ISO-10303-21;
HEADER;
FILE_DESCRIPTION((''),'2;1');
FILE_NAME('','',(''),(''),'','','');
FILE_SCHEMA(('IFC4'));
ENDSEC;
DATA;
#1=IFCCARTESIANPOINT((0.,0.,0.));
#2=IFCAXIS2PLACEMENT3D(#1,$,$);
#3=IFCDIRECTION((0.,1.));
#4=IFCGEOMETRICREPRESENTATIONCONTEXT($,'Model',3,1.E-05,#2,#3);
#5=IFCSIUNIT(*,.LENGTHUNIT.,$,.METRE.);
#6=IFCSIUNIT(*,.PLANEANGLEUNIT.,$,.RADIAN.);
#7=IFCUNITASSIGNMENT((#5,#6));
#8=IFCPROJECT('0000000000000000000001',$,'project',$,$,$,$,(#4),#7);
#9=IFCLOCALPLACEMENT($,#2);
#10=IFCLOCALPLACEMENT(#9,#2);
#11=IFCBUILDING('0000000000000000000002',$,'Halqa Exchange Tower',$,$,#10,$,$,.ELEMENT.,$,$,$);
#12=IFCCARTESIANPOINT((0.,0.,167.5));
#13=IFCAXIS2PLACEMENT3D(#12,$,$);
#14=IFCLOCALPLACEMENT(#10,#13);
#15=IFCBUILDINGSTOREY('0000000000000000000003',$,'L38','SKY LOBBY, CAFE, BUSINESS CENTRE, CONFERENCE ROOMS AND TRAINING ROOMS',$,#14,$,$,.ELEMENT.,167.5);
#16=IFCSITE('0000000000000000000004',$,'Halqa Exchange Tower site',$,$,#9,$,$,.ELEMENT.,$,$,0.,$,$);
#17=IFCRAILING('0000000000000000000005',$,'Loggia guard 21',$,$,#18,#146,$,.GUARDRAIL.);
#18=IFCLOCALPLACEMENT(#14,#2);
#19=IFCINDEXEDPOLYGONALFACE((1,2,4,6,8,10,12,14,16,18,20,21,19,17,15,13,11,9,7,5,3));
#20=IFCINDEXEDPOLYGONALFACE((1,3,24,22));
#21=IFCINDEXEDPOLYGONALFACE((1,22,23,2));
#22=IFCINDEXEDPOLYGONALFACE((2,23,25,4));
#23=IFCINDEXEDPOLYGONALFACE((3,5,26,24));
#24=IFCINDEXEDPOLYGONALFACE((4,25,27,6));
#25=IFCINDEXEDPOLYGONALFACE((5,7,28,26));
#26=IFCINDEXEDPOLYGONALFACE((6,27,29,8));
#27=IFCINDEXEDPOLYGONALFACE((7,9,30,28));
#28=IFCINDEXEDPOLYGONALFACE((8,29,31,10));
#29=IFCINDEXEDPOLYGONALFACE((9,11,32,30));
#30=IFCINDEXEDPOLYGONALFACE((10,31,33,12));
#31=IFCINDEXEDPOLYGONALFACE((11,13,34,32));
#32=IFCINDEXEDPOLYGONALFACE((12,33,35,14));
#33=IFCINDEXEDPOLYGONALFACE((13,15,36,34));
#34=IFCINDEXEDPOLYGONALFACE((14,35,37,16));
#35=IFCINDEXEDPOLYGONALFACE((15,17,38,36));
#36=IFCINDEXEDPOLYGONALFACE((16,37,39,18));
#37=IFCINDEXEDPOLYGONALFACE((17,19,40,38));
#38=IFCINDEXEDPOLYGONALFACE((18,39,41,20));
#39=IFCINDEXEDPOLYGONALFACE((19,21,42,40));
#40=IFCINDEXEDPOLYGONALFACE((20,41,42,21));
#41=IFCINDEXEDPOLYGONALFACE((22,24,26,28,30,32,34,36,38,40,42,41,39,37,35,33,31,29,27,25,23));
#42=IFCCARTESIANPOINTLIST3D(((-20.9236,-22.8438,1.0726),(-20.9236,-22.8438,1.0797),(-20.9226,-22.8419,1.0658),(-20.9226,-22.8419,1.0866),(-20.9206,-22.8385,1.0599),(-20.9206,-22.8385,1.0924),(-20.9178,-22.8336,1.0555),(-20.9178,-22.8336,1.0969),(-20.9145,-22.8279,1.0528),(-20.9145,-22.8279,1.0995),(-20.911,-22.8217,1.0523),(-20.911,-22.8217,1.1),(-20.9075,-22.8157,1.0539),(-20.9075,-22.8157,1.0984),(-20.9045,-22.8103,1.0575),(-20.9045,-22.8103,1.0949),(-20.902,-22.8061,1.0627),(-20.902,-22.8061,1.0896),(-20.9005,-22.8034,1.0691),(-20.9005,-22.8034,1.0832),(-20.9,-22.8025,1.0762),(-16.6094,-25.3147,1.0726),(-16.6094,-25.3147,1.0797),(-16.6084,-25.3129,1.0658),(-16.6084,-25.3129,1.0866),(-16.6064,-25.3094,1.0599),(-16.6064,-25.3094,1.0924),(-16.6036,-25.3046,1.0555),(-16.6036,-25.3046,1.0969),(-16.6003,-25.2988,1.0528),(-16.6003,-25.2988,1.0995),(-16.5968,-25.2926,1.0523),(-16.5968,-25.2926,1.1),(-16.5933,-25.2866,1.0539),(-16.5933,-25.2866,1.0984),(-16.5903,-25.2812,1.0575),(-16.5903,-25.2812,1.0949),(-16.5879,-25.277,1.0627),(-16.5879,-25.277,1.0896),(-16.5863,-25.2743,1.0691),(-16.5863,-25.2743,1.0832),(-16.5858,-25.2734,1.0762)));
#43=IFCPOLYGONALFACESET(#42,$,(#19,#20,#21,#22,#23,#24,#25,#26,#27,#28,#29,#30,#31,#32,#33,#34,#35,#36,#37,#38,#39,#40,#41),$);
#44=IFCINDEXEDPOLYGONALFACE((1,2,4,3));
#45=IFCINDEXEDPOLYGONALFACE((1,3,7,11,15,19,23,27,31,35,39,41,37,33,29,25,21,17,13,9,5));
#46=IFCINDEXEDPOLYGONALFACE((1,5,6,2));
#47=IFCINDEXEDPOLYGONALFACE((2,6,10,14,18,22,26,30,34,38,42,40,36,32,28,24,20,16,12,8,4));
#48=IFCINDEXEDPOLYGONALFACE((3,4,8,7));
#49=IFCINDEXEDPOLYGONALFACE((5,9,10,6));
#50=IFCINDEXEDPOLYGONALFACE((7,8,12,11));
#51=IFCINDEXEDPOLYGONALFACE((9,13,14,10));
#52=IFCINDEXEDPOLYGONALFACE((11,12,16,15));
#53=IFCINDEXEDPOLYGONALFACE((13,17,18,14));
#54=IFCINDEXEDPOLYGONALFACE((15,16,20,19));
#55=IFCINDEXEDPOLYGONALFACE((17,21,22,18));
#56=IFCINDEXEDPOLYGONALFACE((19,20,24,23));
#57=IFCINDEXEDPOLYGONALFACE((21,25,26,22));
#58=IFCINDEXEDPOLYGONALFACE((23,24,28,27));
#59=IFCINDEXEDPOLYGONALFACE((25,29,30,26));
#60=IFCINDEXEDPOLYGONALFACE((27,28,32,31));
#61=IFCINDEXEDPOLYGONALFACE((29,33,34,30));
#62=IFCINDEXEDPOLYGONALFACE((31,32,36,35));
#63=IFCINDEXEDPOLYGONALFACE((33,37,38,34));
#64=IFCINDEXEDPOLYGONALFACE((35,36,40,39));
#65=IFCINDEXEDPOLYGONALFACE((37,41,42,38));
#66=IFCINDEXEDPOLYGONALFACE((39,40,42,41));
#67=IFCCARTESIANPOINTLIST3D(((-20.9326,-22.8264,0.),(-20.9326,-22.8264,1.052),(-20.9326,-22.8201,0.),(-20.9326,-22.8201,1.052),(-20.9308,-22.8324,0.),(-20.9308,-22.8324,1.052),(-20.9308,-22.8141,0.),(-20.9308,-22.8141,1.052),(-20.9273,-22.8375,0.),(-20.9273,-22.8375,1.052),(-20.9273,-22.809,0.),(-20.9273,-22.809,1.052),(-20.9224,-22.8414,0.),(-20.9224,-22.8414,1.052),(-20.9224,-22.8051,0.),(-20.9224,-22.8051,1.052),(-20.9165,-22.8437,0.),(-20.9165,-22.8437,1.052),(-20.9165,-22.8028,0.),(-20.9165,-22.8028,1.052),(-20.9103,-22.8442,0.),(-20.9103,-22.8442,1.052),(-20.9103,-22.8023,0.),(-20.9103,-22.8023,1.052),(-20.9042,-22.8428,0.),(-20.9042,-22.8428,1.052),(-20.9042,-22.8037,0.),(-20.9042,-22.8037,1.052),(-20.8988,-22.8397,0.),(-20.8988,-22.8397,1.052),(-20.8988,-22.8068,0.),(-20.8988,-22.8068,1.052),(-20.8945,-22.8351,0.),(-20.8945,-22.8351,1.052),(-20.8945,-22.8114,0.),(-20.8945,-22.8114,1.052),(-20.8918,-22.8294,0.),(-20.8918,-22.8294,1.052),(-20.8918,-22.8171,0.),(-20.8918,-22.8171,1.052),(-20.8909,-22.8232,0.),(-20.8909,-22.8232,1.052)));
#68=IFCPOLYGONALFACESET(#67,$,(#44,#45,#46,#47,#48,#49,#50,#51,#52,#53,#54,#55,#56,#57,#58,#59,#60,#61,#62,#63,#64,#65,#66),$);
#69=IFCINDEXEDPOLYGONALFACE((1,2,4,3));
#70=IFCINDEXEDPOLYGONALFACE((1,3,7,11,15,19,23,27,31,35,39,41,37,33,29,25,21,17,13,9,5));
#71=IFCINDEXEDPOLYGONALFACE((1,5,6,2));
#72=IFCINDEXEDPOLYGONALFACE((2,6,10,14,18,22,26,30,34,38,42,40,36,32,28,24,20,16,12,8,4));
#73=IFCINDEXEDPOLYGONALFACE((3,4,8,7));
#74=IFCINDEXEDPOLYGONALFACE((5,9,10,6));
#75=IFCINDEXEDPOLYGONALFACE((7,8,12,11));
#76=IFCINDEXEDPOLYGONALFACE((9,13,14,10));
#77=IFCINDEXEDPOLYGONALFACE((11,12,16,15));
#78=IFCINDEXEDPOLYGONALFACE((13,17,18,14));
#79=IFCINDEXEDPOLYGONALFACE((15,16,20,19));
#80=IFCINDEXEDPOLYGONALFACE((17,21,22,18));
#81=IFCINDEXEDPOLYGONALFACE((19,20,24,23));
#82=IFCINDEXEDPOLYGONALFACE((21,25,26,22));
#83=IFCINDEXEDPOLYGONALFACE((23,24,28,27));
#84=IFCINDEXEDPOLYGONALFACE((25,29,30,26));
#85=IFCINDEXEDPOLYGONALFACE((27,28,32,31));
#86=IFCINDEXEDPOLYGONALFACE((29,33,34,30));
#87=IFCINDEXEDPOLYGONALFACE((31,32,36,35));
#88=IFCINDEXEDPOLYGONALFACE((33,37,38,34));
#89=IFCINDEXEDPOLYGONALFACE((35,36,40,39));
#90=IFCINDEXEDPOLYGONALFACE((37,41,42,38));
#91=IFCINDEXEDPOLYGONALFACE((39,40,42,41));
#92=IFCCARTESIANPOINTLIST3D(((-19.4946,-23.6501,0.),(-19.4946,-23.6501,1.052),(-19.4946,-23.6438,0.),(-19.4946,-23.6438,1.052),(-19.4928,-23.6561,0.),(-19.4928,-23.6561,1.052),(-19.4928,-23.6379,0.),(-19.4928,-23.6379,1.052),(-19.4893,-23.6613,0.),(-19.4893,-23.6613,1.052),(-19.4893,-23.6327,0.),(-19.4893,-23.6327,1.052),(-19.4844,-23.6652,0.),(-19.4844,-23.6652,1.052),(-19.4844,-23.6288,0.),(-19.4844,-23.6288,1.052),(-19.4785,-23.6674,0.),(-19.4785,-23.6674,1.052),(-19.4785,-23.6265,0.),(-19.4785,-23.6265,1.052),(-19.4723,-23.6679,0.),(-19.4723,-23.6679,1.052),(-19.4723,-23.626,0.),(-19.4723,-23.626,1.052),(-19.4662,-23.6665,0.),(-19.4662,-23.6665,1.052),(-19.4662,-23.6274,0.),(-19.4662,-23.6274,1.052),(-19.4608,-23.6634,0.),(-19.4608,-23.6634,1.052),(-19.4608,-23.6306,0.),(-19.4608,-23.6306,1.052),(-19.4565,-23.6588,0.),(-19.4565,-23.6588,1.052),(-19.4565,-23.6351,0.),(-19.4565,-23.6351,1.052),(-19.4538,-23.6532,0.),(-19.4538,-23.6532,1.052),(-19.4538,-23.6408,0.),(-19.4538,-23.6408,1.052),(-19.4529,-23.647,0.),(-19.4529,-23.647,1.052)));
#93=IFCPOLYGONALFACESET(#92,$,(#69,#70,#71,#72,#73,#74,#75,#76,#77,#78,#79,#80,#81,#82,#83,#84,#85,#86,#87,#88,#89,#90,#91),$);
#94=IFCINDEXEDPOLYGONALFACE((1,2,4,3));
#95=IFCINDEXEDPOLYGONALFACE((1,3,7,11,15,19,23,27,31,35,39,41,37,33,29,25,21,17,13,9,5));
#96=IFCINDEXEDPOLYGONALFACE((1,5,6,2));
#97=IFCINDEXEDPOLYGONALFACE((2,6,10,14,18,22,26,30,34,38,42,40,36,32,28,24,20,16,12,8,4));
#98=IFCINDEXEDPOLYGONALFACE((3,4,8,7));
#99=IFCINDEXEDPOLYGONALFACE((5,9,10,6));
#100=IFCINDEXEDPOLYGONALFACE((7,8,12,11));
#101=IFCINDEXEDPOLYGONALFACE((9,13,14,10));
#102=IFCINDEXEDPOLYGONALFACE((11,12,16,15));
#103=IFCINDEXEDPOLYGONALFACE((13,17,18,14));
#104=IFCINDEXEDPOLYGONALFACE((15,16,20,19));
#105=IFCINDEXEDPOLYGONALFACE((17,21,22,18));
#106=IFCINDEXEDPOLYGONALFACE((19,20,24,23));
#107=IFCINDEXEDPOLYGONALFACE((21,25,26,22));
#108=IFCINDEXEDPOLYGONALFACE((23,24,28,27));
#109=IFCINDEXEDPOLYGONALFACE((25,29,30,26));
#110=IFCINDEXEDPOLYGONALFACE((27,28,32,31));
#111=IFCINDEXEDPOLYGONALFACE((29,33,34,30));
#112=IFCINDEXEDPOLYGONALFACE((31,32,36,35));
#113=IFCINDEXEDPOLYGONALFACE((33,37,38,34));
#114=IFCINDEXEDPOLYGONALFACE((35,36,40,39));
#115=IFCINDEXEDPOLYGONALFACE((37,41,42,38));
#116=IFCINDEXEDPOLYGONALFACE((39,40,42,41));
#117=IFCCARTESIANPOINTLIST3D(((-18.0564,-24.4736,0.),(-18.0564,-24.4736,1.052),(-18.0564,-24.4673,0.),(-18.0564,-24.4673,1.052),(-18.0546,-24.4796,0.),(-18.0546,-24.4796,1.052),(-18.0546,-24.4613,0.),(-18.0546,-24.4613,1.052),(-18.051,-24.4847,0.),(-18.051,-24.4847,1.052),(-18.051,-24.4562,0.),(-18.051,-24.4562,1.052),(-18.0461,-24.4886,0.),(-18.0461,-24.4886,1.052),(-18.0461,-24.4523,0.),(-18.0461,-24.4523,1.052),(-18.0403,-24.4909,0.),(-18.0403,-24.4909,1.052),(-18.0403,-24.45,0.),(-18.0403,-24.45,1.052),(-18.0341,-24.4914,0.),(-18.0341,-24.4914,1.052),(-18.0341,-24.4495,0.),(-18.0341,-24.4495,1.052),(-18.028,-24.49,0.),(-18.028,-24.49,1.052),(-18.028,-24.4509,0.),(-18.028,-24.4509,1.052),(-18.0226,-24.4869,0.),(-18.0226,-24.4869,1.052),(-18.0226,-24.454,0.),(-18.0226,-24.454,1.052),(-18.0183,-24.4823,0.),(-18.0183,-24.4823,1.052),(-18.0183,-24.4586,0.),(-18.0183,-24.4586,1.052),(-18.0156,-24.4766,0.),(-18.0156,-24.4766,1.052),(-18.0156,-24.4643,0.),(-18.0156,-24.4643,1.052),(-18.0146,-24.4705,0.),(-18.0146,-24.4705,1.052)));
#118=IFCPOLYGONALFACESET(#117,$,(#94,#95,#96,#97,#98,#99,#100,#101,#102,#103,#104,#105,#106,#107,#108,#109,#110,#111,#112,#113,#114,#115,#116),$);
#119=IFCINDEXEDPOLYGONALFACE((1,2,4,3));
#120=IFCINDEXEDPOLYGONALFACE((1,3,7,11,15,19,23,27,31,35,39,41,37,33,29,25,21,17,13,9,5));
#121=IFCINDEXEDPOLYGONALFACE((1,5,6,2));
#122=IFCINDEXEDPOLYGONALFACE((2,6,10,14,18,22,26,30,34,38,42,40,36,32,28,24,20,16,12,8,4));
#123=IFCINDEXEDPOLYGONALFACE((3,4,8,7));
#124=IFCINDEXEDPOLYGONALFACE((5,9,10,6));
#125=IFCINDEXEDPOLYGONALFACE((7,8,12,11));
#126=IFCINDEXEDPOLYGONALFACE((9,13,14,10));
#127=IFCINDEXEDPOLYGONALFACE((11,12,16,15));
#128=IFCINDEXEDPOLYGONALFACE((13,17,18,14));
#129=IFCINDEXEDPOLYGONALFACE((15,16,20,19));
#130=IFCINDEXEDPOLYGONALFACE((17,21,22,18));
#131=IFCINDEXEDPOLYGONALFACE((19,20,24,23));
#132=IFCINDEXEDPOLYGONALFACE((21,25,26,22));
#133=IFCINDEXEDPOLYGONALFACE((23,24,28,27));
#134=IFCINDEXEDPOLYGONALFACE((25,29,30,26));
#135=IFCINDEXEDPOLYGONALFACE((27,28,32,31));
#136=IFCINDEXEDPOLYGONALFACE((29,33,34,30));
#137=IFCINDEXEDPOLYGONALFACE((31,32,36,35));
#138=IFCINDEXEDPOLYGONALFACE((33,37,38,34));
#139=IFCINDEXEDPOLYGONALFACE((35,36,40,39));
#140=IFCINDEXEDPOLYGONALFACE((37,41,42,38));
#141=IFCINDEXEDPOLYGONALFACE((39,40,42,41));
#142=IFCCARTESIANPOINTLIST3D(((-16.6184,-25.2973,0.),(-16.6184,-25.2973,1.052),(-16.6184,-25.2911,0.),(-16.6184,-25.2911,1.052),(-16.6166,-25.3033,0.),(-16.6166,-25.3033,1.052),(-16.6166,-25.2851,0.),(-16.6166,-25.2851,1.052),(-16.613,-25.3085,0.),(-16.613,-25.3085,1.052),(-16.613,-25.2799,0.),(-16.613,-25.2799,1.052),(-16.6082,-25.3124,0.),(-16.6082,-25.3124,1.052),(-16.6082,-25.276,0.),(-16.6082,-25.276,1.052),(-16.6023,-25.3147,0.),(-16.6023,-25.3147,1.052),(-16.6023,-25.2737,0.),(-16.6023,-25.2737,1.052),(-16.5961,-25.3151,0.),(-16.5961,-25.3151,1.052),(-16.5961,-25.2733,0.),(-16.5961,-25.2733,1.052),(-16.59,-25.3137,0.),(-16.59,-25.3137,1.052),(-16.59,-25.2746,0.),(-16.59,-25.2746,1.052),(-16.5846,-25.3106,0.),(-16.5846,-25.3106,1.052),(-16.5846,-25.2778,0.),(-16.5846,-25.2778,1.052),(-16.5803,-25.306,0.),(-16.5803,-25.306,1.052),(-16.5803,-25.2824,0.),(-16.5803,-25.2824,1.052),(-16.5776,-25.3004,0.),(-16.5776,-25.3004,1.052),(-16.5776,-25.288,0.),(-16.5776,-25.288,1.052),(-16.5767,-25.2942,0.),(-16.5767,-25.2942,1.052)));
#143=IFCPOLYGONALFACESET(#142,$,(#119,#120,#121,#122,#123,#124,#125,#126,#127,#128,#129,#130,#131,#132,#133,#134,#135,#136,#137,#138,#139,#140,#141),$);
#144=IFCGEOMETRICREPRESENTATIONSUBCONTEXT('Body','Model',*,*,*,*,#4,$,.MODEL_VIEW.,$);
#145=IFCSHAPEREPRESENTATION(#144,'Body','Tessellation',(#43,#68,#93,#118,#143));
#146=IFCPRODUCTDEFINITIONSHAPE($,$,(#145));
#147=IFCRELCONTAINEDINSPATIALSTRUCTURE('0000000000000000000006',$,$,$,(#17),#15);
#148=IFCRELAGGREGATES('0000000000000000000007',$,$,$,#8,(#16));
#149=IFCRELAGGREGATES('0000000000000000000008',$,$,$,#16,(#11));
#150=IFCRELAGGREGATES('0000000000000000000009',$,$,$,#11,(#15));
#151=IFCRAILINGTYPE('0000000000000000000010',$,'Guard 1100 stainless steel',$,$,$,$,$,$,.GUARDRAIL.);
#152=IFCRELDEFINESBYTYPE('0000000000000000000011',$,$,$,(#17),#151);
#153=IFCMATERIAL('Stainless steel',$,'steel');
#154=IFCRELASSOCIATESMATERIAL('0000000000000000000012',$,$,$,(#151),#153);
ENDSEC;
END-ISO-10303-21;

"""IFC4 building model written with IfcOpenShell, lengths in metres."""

from ifc_helpers import new_model, si_unit, direction, frame, origin, origin_2d, place, context, subcontext, project, spatial, circle, extrude, material, type_object, element, save


model = new_model("IFC4")

# Units and contexts
model_context = context("Model", 3, precision=1e-05, world=origin(), true_north=direction((0.0, 1.0)))
body_context = subcontext(model_context, "Body", "Model", "MODEL_VIEW")
ifc_project = project(units=[si_unit("LENGTHUNIT", "METRE"), si_unit("PLANEANGLEUNIT", "RADIAN")], contexts=[model_context])

# Site, building, storey
site_placement = place(None, origin())
site = spatial("IfcSite", under=ifc_project, at=site_placement, Name="Halqa Exchange Tower site", CompositionType="ELEMENT", RefElevation=0.0)
building_placement = place(site_placement, origin())
building = spatial("IfcBuilding", under=site, at=building_placement, Name="Halqa Exchange Tower", CompositionType="ELEMENT")
storey_placement = place(building_placement, frame((0.0, 0.0, 167.5)))
storey = spatial("IfcBuildingStorey", under=building, at=storey_placement, Name="L38", Description="SKY LOBBY, CAFE, BUSINESS CENTRE, CONFERENCE ROOMS AND TRAINING ROOMS", CompositionType="ELEMENT", Elevation=167.5)

# Railing
ifc_material_1 = material(Name="Stainless steel", Category="steel")
railing_type = type_object("IfcRailingType", Name="Guard 1100 stainless steel", PredefinedType="GUARDRAIL", material=ifc_material_1)
railing_placement = place(storey_placement, frame((-20.9119, -22.8232, 0.0)))
element("IfcRailing", 1, at=railing_placement, inside=storey, type_object=railing_type, Name="Loggia guard 21", PredefinedType="GUARDRAIL", context=body_context, shape_type="SweptSolid", body=[
    extrude(circle(Radius=0.0239, at=origin_2d()), frame((0.0, 0.0, 1.0762), z_axis=(0.86775, -0.497001, 0.0), x_axis=(0.497001, 0.86775, 0.0)), (0.0, 0.0, 1.0), 4.9717),
    extrude(circle(Radius=0.021, at=origin_2d()), origin(), (0.0, 0.0, 1.0), 1.052),
    extrude(circle(Radius=0.021, at=origin_2d()), frame((1.438, -0.8237, 0.0)), (0.0, 0.0, 1.0), 1.052),
    extrude(circle(Radius=0.021, at=origin_2d()), frame((2.8762, -1.6472, 0.0)), (0.0, 0.0, 1.0), 1.052),
    extrude(circle(Radius=0.021, at=origin_2d()), frame((4.3142, -2.4709, 0.0)), (0.0, 0.0, 1.0), 1.052),
])

save(model, "model.ifc")
